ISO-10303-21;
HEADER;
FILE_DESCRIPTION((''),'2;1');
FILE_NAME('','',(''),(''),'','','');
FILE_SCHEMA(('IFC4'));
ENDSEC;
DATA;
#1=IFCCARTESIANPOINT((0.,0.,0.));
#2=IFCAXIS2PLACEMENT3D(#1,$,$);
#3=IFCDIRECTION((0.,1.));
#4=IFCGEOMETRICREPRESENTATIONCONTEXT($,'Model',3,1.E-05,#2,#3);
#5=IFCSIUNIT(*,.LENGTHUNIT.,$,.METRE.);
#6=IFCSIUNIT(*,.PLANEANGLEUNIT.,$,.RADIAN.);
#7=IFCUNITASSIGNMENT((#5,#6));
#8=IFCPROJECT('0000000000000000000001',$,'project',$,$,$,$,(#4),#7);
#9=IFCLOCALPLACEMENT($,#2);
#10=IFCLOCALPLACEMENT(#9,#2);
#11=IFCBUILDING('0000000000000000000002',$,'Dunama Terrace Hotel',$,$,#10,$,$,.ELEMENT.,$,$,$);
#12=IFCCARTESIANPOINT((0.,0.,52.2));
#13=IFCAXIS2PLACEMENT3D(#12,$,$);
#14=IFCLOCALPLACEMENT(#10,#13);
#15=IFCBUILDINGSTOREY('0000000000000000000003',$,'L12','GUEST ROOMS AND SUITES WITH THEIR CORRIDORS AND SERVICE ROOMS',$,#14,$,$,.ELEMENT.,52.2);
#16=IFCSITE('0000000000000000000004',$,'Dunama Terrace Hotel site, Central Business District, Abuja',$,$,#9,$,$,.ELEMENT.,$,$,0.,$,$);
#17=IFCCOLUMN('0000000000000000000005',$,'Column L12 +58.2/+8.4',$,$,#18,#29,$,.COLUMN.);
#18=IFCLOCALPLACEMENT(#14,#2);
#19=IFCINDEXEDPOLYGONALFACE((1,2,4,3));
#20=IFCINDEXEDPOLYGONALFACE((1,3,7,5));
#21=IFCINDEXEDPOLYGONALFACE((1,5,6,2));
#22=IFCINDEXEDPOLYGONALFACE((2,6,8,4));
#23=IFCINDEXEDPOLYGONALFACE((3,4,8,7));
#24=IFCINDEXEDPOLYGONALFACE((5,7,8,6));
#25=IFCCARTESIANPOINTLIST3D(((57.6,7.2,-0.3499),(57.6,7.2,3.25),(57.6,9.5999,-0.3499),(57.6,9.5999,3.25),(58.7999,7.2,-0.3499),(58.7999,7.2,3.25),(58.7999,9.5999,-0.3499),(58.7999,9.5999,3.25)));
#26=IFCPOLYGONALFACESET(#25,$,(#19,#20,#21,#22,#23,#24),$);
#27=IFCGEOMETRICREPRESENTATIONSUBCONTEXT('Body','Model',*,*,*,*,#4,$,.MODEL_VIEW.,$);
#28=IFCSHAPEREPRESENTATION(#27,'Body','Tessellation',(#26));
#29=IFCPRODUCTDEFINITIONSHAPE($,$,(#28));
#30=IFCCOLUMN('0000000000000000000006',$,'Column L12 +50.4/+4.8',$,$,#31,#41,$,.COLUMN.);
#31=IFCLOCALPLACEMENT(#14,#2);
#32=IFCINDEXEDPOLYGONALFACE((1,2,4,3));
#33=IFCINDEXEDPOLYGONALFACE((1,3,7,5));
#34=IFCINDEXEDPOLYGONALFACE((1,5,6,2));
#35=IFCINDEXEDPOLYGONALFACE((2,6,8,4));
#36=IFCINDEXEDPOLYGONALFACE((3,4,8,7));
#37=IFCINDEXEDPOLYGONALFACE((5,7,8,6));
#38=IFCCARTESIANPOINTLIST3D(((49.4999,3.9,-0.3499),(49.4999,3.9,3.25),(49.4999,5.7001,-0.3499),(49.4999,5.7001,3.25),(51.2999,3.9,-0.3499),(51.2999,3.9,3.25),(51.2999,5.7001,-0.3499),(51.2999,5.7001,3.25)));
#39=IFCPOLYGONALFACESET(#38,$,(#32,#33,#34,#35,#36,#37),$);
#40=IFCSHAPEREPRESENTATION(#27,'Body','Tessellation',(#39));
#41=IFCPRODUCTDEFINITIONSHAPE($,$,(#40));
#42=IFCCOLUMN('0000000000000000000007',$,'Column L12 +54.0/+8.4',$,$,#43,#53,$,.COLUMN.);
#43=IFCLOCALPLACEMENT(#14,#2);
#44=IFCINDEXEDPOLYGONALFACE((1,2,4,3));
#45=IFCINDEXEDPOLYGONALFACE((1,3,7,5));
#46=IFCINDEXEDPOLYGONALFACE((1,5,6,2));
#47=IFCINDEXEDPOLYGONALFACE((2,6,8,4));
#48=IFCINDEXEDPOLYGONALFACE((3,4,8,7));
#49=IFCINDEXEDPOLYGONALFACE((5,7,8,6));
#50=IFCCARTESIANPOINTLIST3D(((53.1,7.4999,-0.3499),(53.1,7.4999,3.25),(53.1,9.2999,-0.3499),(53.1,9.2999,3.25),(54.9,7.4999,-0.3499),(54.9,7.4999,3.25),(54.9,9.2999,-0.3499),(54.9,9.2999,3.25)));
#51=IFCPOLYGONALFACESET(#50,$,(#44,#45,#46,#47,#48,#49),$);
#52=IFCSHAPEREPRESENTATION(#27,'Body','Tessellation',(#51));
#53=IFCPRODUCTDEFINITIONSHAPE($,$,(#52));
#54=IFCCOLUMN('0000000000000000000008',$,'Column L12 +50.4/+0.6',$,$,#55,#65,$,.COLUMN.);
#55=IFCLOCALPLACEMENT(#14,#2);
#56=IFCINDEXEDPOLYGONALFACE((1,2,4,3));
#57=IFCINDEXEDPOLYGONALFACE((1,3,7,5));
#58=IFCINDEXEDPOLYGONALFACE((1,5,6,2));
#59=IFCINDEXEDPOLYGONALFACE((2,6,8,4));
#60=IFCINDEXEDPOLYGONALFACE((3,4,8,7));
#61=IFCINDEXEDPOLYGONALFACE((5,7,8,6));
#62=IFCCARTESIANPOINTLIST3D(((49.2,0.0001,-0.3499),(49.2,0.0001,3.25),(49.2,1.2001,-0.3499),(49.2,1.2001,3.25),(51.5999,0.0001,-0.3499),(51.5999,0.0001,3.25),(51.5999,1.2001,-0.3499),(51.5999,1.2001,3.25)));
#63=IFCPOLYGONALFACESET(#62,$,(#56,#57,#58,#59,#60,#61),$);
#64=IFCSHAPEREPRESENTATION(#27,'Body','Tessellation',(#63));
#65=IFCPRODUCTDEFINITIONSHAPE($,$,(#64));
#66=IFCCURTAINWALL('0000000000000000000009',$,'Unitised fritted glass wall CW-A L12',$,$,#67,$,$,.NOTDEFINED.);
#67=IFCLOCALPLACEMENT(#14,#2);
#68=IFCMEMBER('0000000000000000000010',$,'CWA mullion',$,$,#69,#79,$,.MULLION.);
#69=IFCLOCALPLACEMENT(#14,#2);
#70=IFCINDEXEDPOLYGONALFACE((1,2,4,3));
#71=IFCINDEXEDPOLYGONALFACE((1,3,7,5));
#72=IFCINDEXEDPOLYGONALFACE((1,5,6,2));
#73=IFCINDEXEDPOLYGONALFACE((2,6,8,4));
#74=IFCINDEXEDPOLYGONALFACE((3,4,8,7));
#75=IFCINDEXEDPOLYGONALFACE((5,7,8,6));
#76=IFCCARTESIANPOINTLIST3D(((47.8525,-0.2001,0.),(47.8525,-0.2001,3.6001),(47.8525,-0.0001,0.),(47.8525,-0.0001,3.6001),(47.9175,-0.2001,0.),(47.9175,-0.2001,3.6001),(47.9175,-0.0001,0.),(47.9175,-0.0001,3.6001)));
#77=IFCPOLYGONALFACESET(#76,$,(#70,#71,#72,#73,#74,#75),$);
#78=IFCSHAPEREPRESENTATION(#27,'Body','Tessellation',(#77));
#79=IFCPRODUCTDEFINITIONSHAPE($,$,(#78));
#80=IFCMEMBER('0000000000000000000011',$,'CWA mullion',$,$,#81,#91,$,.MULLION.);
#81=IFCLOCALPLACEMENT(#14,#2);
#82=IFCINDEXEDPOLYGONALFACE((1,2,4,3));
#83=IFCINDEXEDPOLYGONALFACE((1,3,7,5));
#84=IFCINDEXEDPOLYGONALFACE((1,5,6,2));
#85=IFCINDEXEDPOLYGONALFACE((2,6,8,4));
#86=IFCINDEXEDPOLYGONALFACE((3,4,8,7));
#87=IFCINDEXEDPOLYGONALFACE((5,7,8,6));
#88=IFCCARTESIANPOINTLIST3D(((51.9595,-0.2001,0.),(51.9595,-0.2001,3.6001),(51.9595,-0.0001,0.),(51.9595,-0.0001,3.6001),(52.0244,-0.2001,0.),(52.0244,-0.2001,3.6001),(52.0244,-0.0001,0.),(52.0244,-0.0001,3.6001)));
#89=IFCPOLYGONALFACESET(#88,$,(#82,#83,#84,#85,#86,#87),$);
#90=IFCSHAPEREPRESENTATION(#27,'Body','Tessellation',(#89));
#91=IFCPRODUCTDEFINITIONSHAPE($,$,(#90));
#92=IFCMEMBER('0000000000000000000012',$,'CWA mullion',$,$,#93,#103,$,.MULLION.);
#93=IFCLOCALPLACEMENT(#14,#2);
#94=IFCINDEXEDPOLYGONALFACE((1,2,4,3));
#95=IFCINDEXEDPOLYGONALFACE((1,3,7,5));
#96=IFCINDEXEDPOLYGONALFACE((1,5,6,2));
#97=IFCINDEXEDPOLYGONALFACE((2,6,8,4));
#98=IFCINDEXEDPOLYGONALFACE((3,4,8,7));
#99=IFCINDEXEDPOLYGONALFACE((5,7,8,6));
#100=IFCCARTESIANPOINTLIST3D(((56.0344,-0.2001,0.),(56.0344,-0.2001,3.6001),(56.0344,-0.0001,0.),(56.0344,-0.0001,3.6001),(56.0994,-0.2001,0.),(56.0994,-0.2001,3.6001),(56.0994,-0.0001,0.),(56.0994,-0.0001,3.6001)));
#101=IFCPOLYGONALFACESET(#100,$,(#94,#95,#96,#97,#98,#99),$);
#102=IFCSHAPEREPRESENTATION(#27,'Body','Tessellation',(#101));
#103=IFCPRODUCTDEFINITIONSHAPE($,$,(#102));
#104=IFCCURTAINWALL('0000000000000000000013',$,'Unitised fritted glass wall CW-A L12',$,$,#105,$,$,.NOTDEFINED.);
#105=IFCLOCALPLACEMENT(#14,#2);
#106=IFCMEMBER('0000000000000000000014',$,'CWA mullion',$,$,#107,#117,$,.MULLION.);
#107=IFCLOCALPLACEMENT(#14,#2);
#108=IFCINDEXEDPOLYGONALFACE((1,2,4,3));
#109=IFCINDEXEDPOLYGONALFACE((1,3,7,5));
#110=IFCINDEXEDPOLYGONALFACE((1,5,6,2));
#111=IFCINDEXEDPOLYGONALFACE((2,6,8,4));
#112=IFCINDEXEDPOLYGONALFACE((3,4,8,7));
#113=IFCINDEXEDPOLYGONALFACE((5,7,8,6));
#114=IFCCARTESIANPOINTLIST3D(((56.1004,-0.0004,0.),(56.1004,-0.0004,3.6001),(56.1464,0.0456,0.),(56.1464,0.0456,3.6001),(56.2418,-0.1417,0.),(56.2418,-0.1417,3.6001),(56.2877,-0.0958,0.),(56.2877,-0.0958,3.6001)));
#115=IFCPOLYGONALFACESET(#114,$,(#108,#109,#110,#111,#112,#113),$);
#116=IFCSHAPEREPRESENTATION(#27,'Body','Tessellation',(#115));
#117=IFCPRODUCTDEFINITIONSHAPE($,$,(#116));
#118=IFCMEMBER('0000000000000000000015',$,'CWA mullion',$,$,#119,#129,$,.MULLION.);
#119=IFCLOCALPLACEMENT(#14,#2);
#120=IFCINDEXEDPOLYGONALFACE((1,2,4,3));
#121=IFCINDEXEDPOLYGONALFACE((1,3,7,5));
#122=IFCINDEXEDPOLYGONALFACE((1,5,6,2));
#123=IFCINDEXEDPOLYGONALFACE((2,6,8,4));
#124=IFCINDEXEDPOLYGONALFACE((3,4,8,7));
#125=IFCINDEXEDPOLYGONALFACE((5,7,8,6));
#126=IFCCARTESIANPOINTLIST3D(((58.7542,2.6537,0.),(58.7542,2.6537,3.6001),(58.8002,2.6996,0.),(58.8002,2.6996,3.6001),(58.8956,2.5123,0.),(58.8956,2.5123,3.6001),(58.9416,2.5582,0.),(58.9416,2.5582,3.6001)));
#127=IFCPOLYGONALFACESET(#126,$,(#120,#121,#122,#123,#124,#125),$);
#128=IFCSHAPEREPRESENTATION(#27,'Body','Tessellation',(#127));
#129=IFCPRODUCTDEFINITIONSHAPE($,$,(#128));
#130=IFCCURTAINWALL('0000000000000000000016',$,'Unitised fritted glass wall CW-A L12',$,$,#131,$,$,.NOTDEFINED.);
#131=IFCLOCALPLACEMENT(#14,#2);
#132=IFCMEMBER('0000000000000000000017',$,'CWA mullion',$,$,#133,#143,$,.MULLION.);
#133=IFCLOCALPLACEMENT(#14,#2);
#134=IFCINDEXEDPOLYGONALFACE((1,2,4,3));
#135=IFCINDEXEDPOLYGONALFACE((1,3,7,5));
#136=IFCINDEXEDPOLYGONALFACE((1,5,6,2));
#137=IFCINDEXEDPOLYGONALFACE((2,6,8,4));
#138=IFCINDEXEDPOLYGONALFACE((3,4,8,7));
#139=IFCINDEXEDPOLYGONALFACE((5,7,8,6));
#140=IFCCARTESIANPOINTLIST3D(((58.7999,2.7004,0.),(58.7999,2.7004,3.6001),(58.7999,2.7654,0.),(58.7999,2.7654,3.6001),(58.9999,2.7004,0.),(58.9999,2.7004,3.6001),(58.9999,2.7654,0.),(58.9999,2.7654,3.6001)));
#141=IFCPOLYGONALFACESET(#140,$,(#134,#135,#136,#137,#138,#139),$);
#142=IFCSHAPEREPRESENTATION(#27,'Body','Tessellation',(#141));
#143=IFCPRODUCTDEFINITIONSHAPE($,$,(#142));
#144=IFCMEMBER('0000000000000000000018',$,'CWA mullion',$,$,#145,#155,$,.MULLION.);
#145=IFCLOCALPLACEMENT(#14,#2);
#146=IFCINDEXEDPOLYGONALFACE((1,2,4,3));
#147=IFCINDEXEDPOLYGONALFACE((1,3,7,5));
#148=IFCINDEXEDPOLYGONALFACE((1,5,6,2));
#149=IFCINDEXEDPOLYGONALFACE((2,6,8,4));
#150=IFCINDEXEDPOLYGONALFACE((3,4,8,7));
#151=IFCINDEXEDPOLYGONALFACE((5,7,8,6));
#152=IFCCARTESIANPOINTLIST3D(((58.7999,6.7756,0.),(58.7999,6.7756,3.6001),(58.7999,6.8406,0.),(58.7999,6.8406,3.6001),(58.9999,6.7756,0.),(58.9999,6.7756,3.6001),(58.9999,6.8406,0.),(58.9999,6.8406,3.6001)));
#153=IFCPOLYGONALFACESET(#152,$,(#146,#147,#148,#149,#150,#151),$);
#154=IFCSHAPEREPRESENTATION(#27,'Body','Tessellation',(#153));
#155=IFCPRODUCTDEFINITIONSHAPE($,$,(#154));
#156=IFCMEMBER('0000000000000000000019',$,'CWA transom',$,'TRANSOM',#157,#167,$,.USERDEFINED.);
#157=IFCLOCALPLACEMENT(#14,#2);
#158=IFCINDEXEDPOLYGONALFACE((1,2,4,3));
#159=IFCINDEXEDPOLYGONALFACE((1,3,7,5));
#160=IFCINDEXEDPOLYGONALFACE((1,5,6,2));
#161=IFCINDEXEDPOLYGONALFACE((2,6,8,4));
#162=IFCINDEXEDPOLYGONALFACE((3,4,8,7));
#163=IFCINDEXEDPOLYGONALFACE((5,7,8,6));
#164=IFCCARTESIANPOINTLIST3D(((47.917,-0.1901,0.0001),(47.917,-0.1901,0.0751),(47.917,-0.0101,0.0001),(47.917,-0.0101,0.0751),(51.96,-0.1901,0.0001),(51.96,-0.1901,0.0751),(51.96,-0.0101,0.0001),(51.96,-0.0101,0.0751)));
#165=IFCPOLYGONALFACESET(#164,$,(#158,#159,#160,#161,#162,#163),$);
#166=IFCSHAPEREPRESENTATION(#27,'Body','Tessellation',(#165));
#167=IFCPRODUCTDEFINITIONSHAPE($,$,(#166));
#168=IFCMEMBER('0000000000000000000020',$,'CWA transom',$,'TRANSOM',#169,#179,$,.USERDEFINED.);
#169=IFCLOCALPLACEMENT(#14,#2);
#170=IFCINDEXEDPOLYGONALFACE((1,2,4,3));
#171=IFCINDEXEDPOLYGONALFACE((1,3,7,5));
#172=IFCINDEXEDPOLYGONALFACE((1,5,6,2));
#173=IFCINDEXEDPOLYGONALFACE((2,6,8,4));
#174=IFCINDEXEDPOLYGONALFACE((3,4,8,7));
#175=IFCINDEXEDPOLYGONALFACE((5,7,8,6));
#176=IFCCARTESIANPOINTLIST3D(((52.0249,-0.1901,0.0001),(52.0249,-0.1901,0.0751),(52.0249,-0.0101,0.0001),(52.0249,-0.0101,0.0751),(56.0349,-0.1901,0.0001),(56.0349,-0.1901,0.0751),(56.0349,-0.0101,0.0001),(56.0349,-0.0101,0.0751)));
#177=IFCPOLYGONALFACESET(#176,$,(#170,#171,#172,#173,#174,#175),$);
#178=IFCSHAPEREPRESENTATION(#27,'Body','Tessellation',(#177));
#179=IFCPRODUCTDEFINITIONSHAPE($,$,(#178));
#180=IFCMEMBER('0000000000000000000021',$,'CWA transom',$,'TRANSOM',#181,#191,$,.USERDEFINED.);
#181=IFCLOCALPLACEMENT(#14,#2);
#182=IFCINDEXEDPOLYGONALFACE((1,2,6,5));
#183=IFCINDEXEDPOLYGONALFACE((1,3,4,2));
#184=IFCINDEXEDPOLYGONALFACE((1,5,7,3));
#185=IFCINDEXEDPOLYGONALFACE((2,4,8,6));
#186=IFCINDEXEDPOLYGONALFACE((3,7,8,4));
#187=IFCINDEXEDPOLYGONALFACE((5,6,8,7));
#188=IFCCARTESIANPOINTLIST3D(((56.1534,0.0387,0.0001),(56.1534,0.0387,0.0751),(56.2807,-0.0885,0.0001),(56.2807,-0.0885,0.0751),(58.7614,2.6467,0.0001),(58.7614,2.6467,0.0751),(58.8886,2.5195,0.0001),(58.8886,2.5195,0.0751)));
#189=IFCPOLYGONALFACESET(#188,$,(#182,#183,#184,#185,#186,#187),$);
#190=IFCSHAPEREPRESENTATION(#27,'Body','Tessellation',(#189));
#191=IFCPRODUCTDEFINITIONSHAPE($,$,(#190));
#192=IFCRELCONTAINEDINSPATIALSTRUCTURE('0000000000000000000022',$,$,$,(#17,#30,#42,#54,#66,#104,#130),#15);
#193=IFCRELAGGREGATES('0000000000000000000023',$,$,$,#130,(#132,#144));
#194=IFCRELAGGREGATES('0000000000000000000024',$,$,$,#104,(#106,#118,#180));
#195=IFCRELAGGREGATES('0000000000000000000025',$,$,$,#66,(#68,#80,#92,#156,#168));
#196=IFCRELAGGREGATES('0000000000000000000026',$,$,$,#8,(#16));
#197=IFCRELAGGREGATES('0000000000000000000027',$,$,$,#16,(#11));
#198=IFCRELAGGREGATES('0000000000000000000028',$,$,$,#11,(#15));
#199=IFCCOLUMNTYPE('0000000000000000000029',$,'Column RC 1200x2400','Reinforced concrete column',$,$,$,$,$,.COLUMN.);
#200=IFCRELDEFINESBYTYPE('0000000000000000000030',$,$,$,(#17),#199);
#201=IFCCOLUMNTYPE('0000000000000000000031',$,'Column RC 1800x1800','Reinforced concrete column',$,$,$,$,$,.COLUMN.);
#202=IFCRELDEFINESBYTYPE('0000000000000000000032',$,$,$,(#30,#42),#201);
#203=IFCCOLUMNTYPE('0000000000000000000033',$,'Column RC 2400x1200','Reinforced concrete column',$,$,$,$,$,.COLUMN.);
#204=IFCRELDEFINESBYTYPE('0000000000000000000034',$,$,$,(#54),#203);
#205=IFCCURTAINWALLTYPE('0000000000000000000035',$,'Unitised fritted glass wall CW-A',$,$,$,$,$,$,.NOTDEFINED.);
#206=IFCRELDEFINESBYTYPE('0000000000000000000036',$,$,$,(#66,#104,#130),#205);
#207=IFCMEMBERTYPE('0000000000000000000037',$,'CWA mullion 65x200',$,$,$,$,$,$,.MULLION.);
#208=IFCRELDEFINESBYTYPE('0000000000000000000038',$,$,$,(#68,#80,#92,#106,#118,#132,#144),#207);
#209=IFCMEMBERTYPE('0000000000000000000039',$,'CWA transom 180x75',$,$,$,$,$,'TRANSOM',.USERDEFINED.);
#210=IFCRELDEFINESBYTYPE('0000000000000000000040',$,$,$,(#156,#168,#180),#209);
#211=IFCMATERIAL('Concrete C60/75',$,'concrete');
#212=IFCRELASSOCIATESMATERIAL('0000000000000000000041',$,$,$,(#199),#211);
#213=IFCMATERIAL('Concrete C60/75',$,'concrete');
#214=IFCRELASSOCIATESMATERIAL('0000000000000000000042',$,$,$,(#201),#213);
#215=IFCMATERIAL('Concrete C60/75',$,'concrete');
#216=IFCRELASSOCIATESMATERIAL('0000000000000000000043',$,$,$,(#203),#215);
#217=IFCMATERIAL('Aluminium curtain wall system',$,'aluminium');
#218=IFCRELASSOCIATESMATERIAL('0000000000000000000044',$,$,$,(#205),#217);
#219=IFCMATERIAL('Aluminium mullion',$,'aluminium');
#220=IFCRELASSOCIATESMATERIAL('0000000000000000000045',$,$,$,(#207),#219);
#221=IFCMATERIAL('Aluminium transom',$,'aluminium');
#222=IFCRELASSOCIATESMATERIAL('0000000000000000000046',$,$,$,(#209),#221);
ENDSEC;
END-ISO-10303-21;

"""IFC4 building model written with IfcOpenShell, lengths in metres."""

from ifc_helpers import new_model, si_unit, direction, frame, origin, origin_2d, place, context, subcontext, project, spatial, rectangle, extrude, material, material_profile, profile_set, type_object, element, aggregate, save


model = new_model("IFC4")

# Units and contexts
model_context = context("Model", 3, precision=1e-05, world=origin(), true_north=direction((0.0, 1.0)))
body_context = subcontext(model_context, "Body", "Model", "MODEL_VIEW")
ifc_project = project(units=[si_unit("LENGTHUNIT", "METRE"), si_unit("PLANEANGLEUNIT", "RADIAN")], contexts=[model_context])

# Site, building, storey
site_placement = place(None, origin())
site = spatial("IfcSite", under=ifc_project, at=site_placement, Name="Dunama Terrace Hotel site, Central Business District, Abuja", CompositionType="ELEMENT", RefElevation=0.0)
building_placement = place(site_placement, origin())
building = spatial("IfcBuilding", under=site, at=building_placement, Name="Dunama Terrace Hotel", CompositionType="ELEMENT")
storey_placement = place(building_placement, frame((0.0, 0.0, 52.2)))
storey = spatial("IfcBuildingStorey", under=building, at=storey_placement, Name="L12", Description="GUEST ROOMS AND SUITES WITH THEIR CORRIDORS AND SERVICE ROOMS", CompositionType="ELEMENT", Elevation=52.2)

# Columns
ifc_material_1 = material(Name="Concrete C60/75", Category="concrete")
ifc_material_profile_1 = material_profile(ifc_material_1, rectangle(XDim=1.2, YDim=2.3999, at=origin_2d()), Name="RC 1200x2400")
ifc_profile_set_1 = profile_set([ifc_material_profile_1], Name="Concrete C60/75")
column_type_1 = type_object("IfcColumnType", Name="Column RC 1200x2400", Description="Reinforced concrete column", PredefinedType="COLUMN", material=ifc_profile_set_1)
column_1_placement = place(storey_placement, frame((58.2, 8.3999, -0.3499), z_axis=(0.0, 0.0, 1.0), x_axis=(1.0, 0.0, 0.0)))
element("IfcColumn", 1, at=column_1_placement, inside=storey, type_object=column_type_1, Name="Column L12 +58.2/+8.4", PredefinedType="COLUMN", context=body_context, shape_type="SweptSolid", body=[
    extrude(rectangle(XDim=1.2, YDim=2.3999, at=origin_2d()), origin(), (0.0, 0.0, 1.0), 3.5999),
])
ifc_material_2 = material(Name="Concrete C60/75", Category="concrete")
ifc_material_profile_2 = material_profile(ifc_material_2, rectangle(XDim=1.8, YDim=1.8, at=origin_2d()), Name="RC 1800x1800")
ifc_profile_set_2 = profile_set([ifc_material_profile_2], Name="Concrete C60/75")
column_type_2 = type_object("IfcColumnType", Name="Column RC 1800x1800", Description="Reinforced concrete column", PredefinedType="COLUMN", material=ifc_profile_set_2)
for number, where, z_axis, x_axis, name in (
    (2, (50.3999, 4.8, -0.3499), (0.0, 0.0, 1.0), (1.0, 0.0, 0.0), "Column L12 +50.4/+4.8"),
    (3, (54.0, 8.3999, -0.3499), (0.0, 0.0, 1.0), (1.0, 0.0, 0.0), "Column L12 +54.0/+8.4"),
):
    element("IfcColumn", number, at=place(storey_placement, frame(where, z_axis=z_axis, x_axis=x_axis)), inside=storey, type_object=column_type_2, Name=name, PredefinedType="COLUMN", context=body_context, shape_type="SweptSolid", body=[
        extrude(rectangle(XDim=1.8, YDim=1.8, at=origin_2d()), origin(), (0.0, 0.0, 1.0), 3.5999),
    ])
ifc_material_3 = material(Name="Concrete C60/75", Category="concrete")
ifc_material_profile_3 = material_profile(ifc_material_3, rectangle(XDim=2.3999, YDim=1.2, at=origin_2d()), Name="RC 2400x1200")
ifc_profile_set_3 = profile_set([ifc_material_profile_3], Name="Concrete C60/75")
column_type_3 = type_object("IfcColumnType", Name="Column RC 2400x1200", Description="Reinforced concrete column", PredefinedType="COLUMN", material=ifc_profile_set_3)
column_2_placement = place(storey_placement, frame((50.3999, 0.6001, -0.3499), z_axis=(0.0, 0.0, 1.0), x_axis=(1.0, 0.0, 0.0)))
element("IfcColumn", 4, at=column_2_placement, inside=storey, type_object=column_type_3, Name="Column L12 +50.4/+0.6", PredefinedType="COLUMN", context=body_context, shape_type="SweptSolid", body=[
    extrude(rectangle(XDim=2.3999, YDim=1.2, at=origin_2d()), origin(), (0.0, 0.0, 1.0), 3.5999),
])

# Curtain walls, members
ifc_material_4 = material(Name="Aluminium curtain wall system", Category="aluminium")
curtain_wall_type = type_object("IfcCurtainWallType", Name="Unitised fritted glass wall CW-A", PredefinedType="NOTDEFINED", material=ifc_material_4)
curtain_wall_1_placement = place(storey_placement, origin())
curtain_wall_1 = element("IfcCurtainWall", 5, at=curtain_wall_1_placement, inside=storey, type_object=curtain_wall_type, Name="Unitised fritted glass wall CW-A L12", PredefinedType="NOTDEFINED")
ifc_material_5 = material(Name="Aluminium mullion", Category="aluminium")
ifc_material_profile_4 = material_profile(ifc_material_5, rectangle(XDim=0.0649, YDim=0.2, at=origin_2d()), Name="CWA MULLION 65X200")
ifc_profile_set_4 = profile_set([ifc_material_profile_4], Name="Aluminium mullion")
member_type_1 = type_object("IfcMemberType", Name="CWA mullion 65x200", PredefinedType="MULLION", material=ifc_profile_set_4)
member_1_placement = place(storey_placement, frame((47.885, -0.1001, 0.0), z_axis=(0.0, 0.0, 1.0), x_axis=(1.0, 0.0, 0.0)))
member_1 = element("IfcMember", 6, at=member_1_placement, type_object=member_type_1, Name="CWA mullion", PredefinedType="MULLION", context=body_context, shape_type="SweptSolid", body=[
    extrude(rectangle(XDim=0.0649, YDim=0.2, at=origin_2d()), origin(), (0.0, 0.0, 1.0), 3.6001),
])
member_2_placement = place(storey_placement, frame((51.9919, -0.1001, 0.0), z_axis=(0.0, 0.0, 1.0), x_axis=(1.0, 0.0, 0.0)))
member_2 = element("IfcMember", 7, at=member_2_placement, type_object=member_type_1, Name="CWA mullion", PredefinedType="MULLION", context=body_context, shape_type="SweptSolid", body=[
    extrude(rectangle(XDim=0.0649, YDim=0.2, at=origin_2d()), origin(), (0.0, 0.0, 1.0), 3.6001),
])
member_3_placement = place(storey_placement, frame((56.0669, -0.1001, 0.0), z_axis=(0.0, 0.0, 1.0), x_axis=(1.0, 0.0, 0.0)))
member_3 = element("IfcMember", 8, at=member_3_placement, type_object=member_type_1, Name="CWA mullion", PredefinedType="MULLION", context=body_context, shape_type="SweptSolid", body=[
    extrude(rectangle(XDim=0.0649, YDim=0.2, at=origin_2d()), origin(), (0.0, 0.0, 1.0), 3.6001),
])
curtain_wall_2_placement = place(storey_placement, origin())
curtain_wall_2 = element("IfcCurtainWall", 9, at=curtain_wall_2_placement, inside=storey, type_object=curtain_wall_type, Name="Unitised fritted glass wall CW-A L12", PredefinedType="NOTDEFINED")
member_4_placement = place(storey_placement, frame((56.1941, -0.0481, 0.0), z_axis=(0.0, 0.0, 1.0), x_axis=(0.707107, 0.707107, 0.0)))
member_4 = element("IfcMember", 10, at=member_4_placement, type_object=member_type_1, Name="CWA mullion", PredefinedType="MULLION", context=body_context, shape_type="SweptSolid", body=[
    extrude(rectangle(XDim=0.0649, YDim=0.2, at=origin_2d()), origin(), (0.0, 0.0, 1.0), 3.6001),
])
member_5_placement = place(storey_placement, frame((58.8479, 2.606, 0.0), z_axis=(0.0, 0.0, 1.0), x_axis=(0.707107, 0.707107, 0.0)))
member_5 = element("IfcMember", 11, at=member_5_placement, type_object=member_type_1, Name="CWA mullion", PredefinedType="MULLION", context=body_context, shape_type="SweptSolid", body=[
    extrude(rectangle(XDim=0.0649, YDim=0.2, at=origin_2d()), origin(), (0.0, 0.0, 1.0), 3.6001),
])
curtain_wall_3_placement = place(storey_placement, origin())
curtain_wall_3 = element("IfcCurtainWall", 12, at=curtain_wall_3_placement, inside=storey, type_object=curtain_wall_type, Name="Unitised fritted glass wall CW-A L12", PredefinedType="NOTDEFINED")
member_6_placement = place(storey_placement, frame((58.8999, 2.7329, 0.0), z_axis=(0.0, 0.0, 1.0), x_axis=(0.0, 1.0, 0.0)))
member_6 = element("IfcMember", 13, at=member_6_placement, type_object=member_type_1, Name="CWA mullion", PredefinedType="MULLION", context=body_context, shape_type="SweptSolid", body=[
    extrude(rectangle(XDim=0.0649, YDim=0.2, at=origin_2d()), origin(), (0.0, 0.0, 1.0), 3.6001),
])
member_7_placement = place(storey_placement, frame((58.8999, 6.8081, 0.0), z_axis=(0.0, 0.0, 1.0), x_axis=(0.0, 1.0, 0.0)))
member_7 = element("IfcMember", 14, at=member_7_placement, type_object=member_type_1, Name="CWA mullion", PredefinedType="MULLION", context=body_context, shape_type="SweptSolid", body=[
    extrude(rectangle(XDim=0.0649, YDim=0.2, at=origin_2d()), origin(), (0.0, 0.0, 1.0), 3.6001),
])

# Members
ifc_material_6 = material(Name="Aluminium transom", Category="aluminium")
ifc_material_profile_5 = material_profile(ifc_material_6, rectangle(XDim=0.1799, YDim=0.075, at=origin_2d()), Name="CWA TRANSOM 180X75")
ifc_profile_set_5 = profile_set([ifc_material_profile_5], Name="Aluminium transom")
member_type_2 = type_object("IfcMemberType", Name="CWA transom 180x75", ElementType="TRANSOM", PredefinedType="USERDEFINED", material=ifc_profile_set_5)
member_8_placement = place(storey_placement, frame((47.917, -0.1001, 0.0376), z_axis=(1.0, 0.0, 0.0), x_axis=(0.0, 1.0, 0.0)))
member_8 = element("IfcMember", 15, at=member_8_placement, type_object=member_type_2, Name="CWA transom", ObjectType="TRANSOM", PredefinedType="USERDEFINED", context=body_context, shape_type="SweptSolid", body=[
    extrude(rectangle(XDim=0.1799, YDim=0.075, at=origin_2d()), origin(), (0.0, 0.0, 1.0), 4.043),
])
member_9_placement = place(storey_placement, frame((52.0249, -0.1001, 0.0376), z_axis=(1.0, 0.0, 0.0), x_axis=(0.0, 1.0, 0.0)))
member_9 = element("IfcMember", 16, at=member_9_placement, type_object=member_type_2, Name="CWA transom", ObjectType="TRANSOM", PredefinedType="USERDEFINED", context=body_context, shape_type="SweptSolid", body=[
    extrude(rectangle(XDim=0.1799, YDim=0.075, at=origin_2d()), origin(), (0.0, 0.0, 1.0), 4.01),
])
member_10_placement = place(storey_placement, frame((56.217, -0.0249, 0.0376), z_axis=(0.707107, 0.707107, 0.0), x_axis=(-0.707107, 0.707107, 0.0)))
member_10 = element("IfcMember", 17, at=member_10_placement, type_object=member_type_2, Name="CWA transom", ObjectType="TRANSOM", PredefinedType="USERDEFINED", context=body_context, shape_type="SweptSolid", body=[
    extrude(rectangle(XDim=0.1799, YDim=0.075, at=origin_2d()), origin(), (0.0, 0.0, 1.0), 3.6882),
])

aggregate(curtain_wall_3, [member_6, member_7])
aggregate(curtain_wall_2, [member_4, member_5, member_10])
aggregate(curtain_wall_1, [member_1, member_2, member_3, member_8, member_9])

save(model, "model.ifc")
